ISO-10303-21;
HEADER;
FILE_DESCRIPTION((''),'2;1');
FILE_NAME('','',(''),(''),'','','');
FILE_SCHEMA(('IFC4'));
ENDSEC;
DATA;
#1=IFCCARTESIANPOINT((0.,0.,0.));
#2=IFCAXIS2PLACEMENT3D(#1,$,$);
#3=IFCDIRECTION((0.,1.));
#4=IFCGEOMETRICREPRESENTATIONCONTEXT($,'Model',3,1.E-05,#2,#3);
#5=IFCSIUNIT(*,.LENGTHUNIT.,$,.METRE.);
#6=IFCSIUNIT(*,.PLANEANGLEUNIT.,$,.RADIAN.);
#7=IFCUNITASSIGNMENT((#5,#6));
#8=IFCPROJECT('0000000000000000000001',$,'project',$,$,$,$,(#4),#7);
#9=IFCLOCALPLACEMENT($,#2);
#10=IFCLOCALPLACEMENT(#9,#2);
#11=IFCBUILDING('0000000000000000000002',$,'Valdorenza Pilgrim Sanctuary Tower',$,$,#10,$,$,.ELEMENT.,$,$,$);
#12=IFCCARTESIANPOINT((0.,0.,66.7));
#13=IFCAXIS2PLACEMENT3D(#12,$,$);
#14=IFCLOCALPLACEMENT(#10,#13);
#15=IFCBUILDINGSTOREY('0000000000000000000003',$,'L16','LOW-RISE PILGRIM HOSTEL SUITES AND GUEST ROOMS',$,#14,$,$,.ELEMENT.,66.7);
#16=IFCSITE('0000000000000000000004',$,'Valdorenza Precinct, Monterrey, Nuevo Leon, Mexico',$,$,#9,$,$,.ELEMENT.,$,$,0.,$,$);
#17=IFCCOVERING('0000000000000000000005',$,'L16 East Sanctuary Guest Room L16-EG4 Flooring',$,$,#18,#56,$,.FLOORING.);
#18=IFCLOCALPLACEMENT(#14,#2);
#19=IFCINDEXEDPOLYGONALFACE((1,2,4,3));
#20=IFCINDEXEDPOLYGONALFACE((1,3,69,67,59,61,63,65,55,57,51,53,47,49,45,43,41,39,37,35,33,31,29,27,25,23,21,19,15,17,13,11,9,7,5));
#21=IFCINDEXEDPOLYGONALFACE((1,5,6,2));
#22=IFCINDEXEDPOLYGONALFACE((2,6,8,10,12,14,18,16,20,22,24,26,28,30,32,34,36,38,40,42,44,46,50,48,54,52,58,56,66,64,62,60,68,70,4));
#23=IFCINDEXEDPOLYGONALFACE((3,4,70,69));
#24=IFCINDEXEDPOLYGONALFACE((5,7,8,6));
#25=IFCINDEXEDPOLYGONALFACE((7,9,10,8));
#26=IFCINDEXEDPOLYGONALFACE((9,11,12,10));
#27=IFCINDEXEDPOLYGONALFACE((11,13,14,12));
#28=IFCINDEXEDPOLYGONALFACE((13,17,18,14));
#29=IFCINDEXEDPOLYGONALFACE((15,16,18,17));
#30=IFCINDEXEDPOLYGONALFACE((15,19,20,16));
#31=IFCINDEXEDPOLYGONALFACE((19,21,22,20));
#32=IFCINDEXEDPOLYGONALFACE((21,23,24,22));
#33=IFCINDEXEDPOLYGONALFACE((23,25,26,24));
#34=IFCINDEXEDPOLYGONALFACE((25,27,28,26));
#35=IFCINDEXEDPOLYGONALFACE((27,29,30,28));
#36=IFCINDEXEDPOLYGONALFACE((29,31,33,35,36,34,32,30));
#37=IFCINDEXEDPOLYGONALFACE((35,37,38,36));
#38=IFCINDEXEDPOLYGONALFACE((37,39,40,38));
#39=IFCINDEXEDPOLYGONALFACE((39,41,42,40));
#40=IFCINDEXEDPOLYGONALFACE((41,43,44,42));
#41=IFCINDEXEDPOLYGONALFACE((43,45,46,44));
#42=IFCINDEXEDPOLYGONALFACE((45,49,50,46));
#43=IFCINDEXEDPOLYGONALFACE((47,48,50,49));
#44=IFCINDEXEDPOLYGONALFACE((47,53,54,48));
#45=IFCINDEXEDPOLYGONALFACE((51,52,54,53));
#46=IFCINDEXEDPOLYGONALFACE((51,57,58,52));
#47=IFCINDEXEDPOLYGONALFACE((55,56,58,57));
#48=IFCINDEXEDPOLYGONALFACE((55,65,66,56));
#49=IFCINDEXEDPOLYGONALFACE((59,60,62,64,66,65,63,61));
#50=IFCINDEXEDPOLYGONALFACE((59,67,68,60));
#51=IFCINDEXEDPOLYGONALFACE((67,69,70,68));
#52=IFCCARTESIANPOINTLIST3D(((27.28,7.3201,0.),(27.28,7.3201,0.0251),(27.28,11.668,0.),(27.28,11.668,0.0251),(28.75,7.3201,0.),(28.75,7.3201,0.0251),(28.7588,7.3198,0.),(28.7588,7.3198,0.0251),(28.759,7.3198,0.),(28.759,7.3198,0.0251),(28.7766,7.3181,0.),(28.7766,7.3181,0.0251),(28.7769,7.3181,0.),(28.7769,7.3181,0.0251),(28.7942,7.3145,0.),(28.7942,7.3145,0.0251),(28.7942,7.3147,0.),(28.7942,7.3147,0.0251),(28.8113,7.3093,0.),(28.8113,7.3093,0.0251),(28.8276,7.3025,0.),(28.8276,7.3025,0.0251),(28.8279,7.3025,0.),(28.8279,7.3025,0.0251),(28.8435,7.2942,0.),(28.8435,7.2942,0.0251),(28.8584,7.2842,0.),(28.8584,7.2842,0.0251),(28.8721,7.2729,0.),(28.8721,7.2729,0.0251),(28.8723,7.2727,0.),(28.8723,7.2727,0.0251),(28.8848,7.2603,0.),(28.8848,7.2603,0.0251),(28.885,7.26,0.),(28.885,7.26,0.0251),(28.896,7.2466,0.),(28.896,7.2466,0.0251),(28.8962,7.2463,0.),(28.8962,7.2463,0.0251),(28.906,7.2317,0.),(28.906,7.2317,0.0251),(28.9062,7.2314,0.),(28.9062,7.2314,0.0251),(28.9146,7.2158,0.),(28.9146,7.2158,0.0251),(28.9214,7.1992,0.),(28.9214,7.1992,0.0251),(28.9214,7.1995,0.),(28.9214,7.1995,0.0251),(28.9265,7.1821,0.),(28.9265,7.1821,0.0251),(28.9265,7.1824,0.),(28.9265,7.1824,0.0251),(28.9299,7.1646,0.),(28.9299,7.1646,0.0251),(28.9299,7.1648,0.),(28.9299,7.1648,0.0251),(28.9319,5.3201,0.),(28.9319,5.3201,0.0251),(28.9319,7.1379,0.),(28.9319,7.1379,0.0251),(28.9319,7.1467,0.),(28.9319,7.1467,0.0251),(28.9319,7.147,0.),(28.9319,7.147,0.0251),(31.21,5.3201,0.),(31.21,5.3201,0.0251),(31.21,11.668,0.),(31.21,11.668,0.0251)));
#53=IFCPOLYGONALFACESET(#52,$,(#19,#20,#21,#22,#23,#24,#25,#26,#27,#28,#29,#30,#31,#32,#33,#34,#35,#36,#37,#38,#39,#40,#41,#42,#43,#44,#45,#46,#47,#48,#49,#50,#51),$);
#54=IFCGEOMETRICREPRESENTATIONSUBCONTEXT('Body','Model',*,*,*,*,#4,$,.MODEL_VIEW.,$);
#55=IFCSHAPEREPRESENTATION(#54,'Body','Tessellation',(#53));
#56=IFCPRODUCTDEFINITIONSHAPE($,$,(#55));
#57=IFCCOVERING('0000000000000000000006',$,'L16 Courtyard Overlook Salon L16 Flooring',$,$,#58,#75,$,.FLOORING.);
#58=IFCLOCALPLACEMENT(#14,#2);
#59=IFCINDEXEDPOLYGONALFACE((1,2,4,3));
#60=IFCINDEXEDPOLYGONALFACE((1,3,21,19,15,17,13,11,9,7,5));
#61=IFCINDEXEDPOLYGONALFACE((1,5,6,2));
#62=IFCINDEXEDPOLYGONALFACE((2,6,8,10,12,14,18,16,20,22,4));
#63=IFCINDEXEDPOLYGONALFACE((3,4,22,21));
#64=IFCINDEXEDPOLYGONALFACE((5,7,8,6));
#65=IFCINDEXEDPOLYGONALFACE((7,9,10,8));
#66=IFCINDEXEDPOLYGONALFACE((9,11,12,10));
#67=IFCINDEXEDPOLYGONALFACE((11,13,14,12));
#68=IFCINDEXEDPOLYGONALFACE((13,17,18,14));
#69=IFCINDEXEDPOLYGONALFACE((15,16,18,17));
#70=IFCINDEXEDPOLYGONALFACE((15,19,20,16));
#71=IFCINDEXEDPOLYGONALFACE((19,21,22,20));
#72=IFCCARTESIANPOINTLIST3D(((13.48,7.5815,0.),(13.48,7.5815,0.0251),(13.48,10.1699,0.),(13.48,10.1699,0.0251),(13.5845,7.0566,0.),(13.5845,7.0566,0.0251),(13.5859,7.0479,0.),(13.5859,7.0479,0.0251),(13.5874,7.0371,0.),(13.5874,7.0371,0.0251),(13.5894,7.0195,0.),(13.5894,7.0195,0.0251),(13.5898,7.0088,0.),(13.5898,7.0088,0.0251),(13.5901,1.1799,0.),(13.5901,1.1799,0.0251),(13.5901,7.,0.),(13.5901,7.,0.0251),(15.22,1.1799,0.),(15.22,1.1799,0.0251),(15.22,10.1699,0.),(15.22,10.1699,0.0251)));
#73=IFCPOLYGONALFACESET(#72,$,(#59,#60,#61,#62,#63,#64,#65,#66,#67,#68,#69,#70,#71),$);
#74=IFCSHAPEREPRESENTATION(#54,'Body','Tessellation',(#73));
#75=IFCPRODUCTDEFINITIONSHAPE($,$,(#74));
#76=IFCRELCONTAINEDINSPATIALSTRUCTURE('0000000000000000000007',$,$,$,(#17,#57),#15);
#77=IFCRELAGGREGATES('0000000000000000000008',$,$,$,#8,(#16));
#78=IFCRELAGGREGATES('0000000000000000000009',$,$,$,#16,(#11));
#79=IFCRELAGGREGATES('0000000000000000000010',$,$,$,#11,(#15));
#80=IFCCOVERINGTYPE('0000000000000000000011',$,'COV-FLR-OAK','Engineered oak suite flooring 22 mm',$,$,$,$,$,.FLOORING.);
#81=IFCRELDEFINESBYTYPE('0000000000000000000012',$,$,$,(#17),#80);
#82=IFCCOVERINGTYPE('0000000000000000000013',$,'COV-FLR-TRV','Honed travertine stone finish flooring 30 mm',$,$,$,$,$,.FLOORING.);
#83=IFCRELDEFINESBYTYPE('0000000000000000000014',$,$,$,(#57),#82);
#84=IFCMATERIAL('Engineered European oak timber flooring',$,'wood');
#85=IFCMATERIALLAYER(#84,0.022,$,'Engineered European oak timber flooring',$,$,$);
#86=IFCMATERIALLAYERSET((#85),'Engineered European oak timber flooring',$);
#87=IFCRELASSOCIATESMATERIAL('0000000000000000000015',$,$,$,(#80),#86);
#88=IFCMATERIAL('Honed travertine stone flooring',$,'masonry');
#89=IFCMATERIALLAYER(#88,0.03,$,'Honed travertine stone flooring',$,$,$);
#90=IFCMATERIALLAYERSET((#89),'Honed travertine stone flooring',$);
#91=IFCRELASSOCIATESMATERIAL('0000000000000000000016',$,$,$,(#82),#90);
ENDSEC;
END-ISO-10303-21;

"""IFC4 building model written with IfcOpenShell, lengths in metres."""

from ifc_helpers import new_model, si_unit, direction, frame, origin, place, context, subcontext, project, spatial, polyline, outline, extrude, material, layer, layer_set, type_object, element, save


model = new_model("IFC4")

# Units and contexts
model_context = context("Model", 3, precision=1e-05, world=origin(), true_north=direction((0.0, 1.0)))
body_context = subcontext(model_context, "Body", "Model", "MODEL_VIEW")
ifc_project = project(units=[si_unit("LENGTHUNIT", "METRE"), si_unit("PLANEANGLEUNIT", "RADIAN")], contexts=[model_context])

# Site, building, storey
site_placement = place(None, origin())
site = spatial("IfcSite", under=ifc_project, at=site_placement, Name="Valdorenza Precinct, Monterrey, Nuevo Leon, Mexico", CompositionType="ELEMENT", RefElevation=0.0)
building_placement = place(site_placement, origin())
building = spatial("IfcBuilding", under=site, at=building_placement, Name="Valdorenza Pilgrim Sanctuary Tower", CompositionType="ELEMENT")
storey_placement = place(building_placement, frame((0.0, 0.0, 66.7)))
storey = spatial("IfcBuildingStorey", under=building, at=storey_placement, Name="L16", Description="LOW-RISE PILGRIM HOSTEL SUITES AND GUEST ROOMS", CompositionType="ELEMENT", Elevation=66.7)

# Coverings
ifc_material_1 = material(Name="Engineered European oak timber flooring", Category="wood")
ifc_layer_1 = layer(ifc_material_1, 0.022, Name="Engineered European oak timber flooring")
ifc_layer_set_1 = layer_set([ifc_layer_1], Name="Engineered European oak timber flooring")
covering_type_1 = type_object("IfcCoveringType", Name="COV-FLR-OAK", Description="Engineered oak suite flooring 22 mm", PredefinedType="FLOORING", material=ifc_layer_set_1)
covering_1_placement = place(storey_placement, origin())
element("IfcCovering", 1, at=covering_1_placement, inside=storey, type_object=covering_type_1, Name="L16 East Sanctuary Guest Room L16-EG4 Flooring", PredefinedType="FLOORING", context=body_context, shape_type="SweptSolid", body=[
    extrude(outline(polyline([(31.21, 5.3201), (28.9319, 5.3201), (28.9319, 7.1379), (28.9319, 7.1467), (28.9319, 7.147), (28.9299, 7.1646), (28.9299, 7.1648), (28.9265, 7.1821), (28.9265, 7.1824), (28.9214, 7.1992), (28.9214, 7.1995), (28.9146, 7.2158), (28.9146, 7.2158), (28.9062, 7.2314), (28.906, 7.2317), (28.8962, 7.2463), (28.896, 7.2466), (28.885, 7.26), (28.8848, 7.2603), (28.8723, 7.2727), (28.8721, 7.2729), (28.8584, 7.2842), (28.8584, 7.2842), (28.8435, 7.2942), (28.8435, 7.2942), (28.8279, 7.3025), (28.8276, 7.3025), (28.8113, 7.3093), (28.8113, 7.3093), (28.7942, 7.3145), (28.7942, 7.3147), (28.7769, 7.3181), (28.7766, 7.3181), (28.759, 7.3198), (28.7588, 7.3198), (28.75, 7.3201), (27.28, 7.3201), (27.28, 11.668), (31.21, 11.668), (31.21, 5.3201)])), origin(), (0.0, 0.0, 1.0), 0.0251),
])
ifc_material_2 = material(Name="Honed travertine stone flooring", Category="masonry")
ifc_layer_2 = layer(ifc_material_2, 0.03, Name="Honed travertine stone flooring")
ifc_layer_set_2 = layer_set([ifc_layer_2], Name="Honed travertine stone flooring")
covering_type_2 = type_object("IfcCoveringType", Name="COV-FLR-TRV", Description="Honed travertine stone finish flooring 30 mm", PredefinedType="FLOORING", material=ifc_layer_set_2)
covering_2_placement = place(storey_placement, origin())
element("IfcCovering", 2, at=covering_2_placement, inside=storey, type_object=covering_type_2, Name="L16 Courtyard Overlook Salon L16 Flooring", PredefinedType="FLOORING", context=body_context, shape_type="SweptSolid", body=[
    extrude(outline(polyline([(15.22, 10.1699), (15.22, 1.1799), (13.5901, 1.1799), (13.5901, 7.0), (13.5898, 7.0088), (13.5894, 7.0195), (13.5874, 7.0371), (13.5859, 7.0479), (13.5845, 7.0566), (13.48, 7.5815), (13.48, 10.1699), (15.22, 10.1699)])), origin(), (0.0, 0.0, 1.0), 0.0251),
])

save(model, "model.ifc")
